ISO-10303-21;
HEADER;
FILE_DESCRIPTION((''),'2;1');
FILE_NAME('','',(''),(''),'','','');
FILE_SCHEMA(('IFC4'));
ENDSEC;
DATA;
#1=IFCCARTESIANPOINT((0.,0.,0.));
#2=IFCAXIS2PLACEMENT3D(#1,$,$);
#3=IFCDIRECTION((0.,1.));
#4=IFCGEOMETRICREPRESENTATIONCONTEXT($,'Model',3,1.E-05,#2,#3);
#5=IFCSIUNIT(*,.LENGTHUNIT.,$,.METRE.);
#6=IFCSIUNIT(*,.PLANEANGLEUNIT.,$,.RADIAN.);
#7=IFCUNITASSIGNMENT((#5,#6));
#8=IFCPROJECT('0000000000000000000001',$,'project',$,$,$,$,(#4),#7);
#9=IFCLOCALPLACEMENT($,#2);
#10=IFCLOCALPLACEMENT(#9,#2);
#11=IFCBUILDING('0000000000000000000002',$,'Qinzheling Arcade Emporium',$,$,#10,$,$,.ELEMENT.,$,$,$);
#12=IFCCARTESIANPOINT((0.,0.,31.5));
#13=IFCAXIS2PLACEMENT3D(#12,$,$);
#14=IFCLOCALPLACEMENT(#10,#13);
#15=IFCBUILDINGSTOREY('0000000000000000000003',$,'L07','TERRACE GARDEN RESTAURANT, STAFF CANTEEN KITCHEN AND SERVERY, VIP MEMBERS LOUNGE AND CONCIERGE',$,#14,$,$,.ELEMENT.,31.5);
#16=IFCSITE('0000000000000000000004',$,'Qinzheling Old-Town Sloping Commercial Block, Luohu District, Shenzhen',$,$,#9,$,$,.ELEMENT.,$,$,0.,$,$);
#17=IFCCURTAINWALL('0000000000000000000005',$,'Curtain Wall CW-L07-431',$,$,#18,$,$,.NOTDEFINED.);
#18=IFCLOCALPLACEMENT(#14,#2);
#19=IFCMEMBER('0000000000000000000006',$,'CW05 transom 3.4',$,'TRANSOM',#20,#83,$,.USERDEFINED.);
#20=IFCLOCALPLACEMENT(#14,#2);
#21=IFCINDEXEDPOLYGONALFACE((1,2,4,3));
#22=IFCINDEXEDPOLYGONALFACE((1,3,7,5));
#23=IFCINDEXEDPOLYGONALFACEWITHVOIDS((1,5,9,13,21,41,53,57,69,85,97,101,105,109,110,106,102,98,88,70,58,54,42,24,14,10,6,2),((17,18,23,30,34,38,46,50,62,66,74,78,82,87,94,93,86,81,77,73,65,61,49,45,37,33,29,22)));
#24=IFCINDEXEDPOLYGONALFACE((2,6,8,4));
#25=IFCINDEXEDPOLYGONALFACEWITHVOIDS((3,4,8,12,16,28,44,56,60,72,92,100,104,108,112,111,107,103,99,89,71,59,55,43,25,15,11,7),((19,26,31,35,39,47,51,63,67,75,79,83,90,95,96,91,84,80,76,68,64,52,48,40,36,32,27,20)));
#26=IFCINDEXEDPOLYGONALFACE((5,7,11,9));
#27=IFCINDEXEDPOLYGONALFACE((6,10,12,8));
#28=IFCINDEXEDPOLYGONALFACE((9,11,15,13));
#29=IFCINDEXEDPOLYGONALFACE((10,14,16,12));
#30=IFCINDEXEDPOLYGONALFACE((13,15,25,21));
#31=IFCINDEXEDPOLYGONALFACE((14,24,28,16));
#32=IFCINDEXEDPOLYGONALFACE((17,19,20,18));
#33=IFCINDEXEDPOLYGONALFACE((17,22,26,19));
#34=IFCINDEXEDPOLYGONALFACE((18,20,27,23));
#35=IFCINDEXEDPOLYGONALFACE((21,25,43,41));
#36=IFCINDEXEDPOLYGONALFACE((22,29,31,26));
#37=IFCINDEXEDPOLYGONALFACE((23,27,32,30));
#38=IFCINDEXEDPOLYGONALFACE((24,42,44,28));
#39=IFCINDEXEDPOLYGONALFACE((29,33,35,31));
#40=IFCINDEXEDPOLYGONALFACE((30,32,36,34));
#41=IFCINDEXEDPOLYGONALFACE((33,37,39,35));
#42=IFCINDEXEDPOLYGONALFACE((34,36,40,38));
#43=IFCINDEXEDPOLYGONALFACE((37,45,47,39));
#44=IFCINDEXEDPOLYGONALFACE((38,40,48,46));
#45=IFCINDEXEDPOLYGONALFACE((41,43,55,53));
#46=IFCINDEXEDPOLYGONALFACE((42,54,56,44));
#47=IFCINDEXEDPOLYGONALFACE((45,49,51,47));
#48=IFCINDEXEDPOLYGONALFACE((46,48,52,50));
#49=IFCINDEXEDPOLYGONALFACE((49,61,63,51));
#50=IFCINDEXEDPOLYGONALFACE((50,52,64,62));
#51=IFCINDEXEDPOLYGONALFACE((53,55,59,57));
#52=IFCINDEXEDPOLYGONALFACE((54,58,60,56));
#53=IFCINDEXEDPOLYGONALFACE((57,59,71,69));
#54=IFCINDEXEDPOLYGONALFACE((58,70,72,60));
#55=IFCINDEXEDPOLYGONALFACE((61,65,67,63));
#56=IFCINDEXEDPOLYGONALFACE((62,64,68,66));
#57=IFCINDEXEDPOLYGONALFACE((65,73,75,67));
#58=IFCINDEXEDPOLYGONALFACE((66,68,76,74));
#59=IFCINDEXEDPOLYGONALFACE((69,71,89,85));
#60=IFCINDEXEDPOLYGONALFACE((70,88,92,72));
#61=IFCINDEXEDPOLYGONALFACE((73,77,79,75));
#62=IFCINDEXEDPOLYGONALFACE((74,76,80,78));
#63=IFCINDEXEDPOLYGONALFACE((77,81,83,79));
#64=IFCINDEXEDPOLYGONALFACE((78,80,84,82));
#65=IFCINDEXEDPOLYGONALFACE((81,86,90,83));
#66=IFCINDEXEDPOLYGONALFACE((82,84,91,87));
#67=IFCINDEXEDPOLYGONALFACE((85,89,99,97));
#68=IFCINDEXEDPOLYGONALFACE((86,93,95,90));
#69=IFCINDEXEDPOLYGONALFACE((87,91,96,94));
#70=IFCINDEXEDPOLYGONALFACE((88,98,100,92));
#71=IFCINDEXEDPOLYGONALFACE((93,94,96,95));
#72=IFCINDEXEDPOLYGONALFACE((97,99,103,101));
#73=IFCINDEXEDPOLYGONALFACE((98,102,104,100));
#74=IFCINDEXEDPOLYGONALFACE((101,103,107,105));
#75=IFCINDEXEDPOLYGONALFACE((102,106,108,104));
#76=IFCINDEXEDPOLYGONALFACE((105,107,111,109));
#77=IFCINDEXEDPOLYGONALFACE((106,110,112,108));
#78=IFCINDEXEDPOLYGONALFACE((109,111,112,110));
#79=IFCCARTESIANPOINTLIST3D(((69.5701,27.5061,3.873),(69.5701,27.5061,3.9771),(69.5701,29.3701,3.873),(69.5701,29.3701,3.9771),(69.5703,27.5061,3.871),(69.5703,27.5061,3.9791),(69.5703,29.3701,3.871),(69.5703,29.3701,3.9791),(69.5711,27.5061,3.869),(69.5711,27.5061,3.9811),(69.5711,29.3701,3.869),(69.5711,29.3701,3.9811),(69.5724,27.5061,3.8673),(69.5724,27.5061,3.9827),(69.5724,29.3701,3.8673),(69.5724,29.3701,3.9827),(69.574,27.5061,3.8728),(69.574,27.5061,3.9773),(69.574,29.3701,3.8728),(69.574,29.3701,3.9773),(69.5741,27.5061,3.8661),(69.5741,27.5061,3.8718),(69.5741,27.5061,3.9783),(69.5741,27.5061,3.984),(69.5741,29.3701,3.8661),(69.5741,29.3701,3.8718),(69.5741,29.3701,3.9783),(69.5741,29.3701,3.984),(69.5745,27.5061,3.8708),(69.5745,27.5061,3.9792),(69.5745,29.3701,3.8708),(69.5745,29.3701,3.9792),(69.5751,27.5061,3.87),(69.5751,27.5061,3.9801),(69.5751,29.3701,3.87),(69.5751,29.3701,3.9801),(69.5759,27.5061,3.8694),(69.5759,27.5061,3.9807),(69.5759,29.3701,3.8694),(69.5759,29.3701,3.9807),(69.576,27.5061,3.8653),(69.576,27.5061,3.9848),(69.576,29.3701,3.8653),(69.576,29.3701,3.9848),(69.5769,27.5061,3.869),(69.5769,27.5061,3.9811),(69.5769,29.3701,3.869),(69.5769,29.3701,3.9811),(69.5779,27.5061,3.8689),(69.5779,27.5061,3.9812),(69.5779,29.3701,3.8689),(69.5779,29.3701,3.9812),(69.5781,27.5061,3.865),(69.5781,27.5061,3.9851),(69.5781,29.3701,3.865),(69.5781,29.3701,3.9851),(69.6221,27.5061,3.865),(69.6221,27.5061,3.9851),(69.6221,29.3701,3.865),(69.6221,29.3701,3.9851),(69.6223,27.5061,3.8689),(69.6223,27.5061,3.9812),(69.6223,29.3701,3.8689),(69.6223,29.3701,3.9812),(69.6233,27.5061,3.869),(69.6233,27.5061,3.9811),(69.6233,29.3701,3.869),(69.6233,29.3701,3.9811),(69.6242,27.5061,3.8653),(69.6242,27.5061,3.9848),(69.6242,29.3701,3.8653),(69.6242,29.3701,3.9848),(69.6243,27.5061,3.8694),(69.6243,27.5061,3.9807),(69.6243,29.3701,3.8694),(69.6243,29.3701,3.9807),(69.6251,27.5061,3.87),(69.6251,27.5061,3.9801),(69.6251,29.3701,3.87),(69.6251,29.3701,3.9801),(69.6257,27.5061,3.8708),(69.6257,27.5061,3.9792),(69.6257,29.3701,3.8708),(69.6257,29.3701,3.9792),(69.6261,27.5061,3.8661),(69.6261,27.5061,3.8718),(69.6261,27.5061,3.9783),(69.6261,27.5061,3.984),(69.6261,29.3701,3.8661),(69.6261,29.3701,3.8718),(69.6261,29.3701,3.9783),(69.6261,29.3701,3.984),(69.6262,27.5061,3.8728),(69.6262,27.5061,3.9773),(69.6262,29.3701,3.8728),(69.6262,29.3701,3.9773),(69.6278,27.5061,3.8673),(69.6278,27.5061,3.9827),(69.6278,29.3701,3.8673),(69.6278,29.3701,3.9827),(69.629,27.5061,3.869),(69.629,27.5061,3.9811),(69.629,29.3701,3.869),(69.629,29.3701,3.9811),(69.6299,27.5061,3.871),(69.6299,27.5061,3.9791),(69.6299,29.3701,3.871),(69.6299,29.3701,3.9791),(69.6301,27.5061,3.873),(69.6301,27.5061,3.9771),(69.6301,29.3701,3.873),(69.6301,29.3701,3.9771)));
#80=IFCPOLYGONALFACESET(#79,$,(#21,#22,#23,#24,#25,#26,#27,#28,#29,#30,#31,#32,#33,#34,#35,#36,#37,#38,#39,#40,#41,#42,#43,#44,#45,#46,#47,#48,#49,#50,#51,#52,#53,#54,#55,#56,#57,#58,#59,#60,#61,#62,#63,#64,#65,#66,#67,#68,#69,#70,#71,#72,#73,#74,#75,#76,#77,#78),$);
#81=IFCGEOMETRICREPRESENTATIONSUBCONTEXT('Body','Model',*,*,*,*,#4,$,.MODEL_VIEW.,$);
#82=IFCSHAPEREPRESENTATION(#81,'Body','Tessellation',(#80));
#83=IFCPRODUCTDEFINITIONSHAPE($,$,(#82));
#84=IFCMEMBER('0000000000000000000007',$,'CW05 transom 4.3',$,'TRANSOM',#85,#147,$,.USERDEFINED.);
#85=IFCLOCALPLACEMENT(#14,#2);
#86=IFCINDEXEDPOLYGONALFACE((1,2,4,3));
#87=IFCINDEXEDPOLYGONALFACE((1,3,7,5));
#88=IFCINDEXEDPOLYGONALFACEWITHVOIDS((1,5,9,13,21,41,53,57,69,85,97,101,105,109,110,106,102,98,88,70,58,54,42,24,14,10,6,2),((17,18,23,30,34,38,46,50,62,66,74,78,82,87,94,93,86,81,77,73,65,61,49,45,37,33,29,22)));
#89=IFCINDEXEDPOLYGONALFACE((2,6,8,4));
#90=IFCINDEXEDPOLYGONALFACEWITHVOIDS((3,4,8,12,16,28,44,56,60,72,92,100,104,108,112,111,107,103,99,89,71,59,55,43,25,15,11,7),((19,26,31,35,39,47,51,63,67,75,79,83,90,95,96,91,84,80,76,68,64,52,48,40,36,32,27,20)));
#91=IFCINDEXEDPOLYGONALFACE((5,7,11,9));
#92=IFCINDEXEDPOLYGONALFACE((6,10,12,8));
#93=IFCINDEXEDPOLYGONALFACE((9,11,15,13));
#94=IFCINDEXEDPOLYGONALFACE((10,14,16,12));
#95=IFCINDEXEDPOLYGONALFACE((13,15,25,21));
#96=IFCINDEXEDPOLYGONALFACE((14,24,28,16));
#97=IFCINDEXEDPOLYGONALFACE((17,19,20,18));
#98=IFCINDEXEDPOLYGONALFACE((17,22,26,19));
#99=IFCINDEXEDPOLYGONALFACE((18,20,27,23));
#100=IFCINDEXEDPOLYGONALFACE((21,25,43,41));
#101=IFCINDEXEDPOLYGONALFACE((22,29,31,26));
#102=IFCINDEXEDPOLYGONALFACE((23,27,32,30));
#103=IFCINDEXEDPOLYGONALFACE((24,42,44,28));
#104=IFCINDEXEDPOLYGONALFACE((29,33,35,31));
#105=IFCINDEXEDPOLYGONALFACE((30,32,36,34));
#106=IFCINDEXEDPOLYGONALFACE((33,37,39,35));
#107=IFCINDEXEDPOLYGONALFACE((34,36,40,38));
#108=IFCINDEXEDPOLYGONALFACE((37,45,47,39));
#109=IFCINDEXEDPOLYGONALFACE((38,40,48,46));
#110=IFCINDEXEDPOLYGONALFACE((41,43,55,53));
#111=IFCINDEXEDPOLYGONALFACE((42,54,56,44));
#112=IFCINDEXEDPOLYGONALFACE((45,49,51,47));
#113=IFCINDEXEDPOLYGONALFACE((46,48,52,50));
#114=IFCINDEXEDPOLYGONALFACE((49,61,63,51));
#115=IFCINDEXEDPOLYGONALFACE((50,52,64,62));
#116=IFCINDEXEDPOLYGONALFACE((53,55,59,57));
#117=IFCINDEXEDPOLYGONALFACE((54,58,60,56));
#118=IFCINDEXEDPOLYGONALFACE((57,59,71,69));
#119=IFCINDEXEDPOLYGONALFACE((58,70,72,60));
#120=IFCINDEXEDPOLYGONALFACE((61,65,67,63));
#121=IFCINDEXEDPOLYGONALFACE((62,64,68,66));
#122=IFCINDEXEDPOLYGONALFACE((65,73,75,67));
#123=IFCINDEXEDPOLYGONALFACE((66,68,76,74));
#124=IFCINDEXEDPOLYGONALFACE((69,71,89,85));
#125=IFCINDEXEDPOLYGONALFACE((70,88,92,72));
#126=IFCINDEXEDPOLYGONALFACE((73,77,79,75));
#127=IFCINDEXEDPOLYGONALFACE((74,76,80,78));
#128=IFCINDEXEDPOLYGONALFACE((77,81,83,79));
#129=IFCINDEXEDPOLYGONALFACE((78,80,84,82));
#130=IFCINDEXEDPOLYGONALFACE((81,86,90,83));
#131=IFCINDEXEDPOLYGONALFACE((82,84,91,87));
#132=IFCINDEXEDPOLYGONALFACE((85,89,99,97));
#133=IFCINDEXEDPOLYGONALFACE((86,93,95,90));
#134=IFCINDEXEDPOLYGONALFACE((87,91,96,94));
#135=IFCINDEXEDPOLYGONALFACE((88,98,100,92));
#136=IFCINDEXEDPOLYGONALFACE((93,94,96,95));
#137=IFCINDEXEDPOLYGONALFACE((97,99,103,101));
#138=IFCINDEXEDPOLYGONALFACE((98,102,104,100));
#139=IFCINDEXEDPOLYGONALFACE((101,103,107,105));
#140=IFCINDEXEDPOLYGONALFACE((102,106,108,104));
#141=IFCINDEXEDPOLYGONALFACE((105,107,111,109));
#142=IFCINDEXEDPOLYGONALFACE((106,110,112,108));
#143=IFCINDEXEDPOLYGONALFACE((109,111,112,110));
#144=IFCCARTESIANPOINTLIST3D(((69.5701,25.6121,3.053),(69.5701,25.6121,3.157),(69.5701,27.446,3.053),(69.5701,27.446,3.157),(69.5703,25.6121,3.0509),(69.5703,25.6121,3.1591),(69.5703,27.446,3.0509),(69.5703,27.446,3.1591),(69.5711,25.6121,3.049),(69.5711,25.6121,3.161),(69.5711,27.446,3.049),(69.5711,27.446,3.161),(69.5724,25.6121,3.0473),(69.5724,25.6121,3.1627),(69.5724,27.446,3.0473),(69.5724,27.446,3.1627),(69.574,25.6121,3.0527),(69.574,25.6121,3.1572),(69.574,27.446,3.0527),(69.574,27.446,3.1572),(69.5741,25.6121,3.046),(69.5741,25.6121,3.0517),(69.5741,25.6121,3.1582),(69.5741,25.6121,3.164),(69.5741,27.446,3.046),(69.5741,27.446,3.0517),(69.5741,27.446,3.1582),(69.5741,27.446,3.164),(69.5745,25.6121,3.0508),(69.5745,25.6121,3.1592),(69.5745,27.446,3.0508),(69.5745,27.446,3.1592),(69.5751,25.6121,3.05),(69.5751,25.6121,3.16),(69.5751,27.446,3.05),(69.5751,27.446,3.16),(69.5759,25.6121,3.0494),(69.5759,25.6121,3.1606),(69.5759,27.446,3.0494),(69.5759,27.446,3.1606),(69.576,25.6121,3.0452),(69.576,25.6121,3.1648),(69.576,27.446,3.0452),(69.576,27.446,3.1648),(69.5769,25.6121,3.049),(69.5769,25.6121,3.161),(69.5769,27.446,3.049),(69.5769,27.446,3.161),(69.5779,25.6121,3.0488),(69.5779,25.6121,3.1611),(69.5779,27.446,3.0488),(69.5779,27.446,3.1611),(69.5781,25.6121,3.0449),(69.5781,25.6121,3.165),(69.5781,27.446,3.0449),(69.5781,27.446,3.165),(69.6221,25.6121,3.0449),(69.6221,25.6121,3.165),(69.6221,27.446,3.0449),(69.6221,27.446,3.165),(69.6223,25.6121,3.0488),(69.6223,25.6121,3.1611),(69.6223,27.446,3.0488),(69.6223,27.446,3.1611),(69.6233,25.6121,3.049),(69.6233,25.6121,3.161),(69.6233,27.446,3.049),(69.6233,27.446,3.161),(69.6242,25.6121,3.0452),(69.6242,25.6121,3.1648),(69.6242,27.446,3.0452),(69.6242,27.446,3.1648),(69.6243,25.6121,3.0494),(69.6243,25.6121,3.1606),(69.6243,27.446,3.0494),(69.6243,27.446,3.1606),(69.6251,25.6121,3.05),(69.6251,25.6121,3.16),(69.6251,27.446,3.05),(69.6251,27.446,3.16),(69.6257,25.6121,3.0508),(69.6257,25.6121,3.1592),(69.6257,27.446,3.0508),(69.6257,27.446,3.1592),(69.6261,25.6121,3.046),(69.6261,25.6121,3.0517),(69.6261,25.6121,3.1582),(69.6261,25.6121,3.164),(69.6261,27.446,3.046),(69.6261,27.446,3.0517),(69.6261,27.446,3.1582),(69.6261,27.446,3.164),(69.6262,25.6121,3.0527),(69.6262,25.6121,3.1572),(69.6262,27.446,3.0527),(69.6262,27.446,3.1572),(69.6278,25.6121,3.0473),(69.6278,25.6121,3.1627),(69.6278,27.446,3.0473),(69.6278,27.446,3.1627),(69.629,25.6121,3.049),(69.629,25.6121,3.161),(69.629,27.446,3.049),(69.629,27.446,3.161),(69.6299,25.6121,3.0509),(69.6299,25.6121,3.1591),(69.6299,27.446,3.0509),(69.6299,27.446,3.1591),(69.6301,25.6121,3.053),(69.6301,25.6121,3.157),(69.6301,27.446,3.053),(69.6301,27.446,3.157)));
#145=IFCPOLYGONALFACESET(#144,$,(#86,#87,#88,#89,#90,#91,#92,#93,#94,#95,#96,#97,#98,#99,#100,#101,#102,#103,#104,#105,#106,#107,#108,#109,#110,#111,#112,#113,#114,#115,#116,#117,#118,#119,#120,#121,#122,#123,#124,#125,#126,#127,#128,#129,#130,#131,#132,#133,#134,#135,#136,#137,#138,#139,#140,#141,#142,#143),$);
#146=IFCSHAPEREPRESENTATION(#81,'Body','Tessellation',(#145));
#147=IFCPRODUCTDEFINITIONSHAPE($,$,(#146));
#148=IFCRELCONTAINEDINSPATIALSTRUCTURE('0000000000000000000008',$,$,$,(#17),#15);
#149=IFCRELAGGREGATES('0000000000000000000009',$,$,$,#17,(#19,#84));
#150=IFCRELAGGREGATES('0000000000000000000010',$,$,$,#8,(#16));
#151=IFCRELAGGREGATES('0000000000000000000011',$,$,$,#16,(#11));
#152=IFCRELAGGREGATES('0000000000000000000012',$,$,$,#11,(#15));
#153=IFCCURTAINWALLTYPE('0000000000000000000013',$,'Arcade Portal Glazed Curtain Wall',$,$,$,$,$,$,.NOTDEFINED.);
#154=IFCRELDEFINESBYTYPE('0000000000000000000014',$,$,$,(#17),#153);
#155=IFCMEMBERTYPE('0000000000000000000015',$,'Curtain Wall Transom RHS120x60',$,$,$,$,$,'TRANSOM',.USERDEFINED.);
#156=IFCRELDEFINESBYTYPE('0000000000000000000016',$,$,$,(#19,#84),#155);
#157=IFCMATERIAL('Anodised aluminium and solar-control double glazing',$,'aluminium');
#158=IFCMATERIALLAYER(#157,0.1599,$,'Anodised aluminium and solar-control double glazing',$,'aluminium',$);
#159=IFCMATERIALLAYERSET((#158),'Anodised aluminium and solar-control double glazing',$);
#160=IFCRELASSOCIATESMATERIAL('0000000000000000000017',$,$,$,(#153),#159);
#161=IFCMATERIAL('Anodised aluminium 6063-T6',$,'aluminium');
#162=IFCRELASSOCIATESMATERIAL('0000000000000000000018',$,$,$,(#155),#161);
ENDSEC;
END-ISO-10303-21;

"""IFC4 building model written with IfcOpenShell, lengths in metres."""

from ifc_helpers import new_model, si_unit, direction, frame, origin, origin_2d, place, context, subcontext, project, spatial, hollow_rectangle, extrude, material, layer, layer_set, material_profile, profile_set, type_object, element, aggregate, save


model = new_model("IFC4")

# Units and contexts
model_context = context("Model", 3, precision=1e-05, world=origin(), true_north=direction((0.0, 1.0)))
body_context = subcontext(model_context, "Body", "Model", "MODEL_VIEW")
ifc_project = project(units=[si_unit("LENGTHUNIT", "METRE"), si_unit("PLANEANGLEUNIT", "RADIAN")], contexts=[model_context])

# Site, building, storey
site_placement = place(None, origin())
site = spatial("IfcSite", under=ifc_project, at=site_placement, Name="Qinzheling Old-Town Sloping Commercial Block, Luohu District, Shenzhen", CompositionType="ELEMENT", RefElevation=0.0)
building_placement = place(site_placement, origin())
building = spatial("IfcBuilding", under=site, at=building_placement, Name="Qinzheling Arcade Emporium", CompositionType="ELEMENT")
storey_placement = place(building_placement, frame((0.0, 0.0, 31.5)))
storey = spatial("IfcBuildingStorey", under=building, at=storey_placement, Name="L07", Description="TERRACE GARDEN RESTAURANT, STAFF CANTEEN KITCHEN AND SERVERY, VIP MEMBERS LOUNGE AND CONCIERGE", CompositionType="ELEMENT", Elevation=31.5)

# Curtain wall, members
ifc_material_1 = material(Name="Anodised aluminium and solar-control double glazing", Category="aluminium")
ifc_layer_1 = layer(ifc_material_1, 0.1599, Name="Anodised aluminium and solar-control double glazing", Category="aluminium")
ifc_layer_set_1 = layer_set([ifc_layer_1], Name="Anodised aluminium and solar-control double glazing")
curtain_wall_type = type_object("IfcCurtainWallType", Name="Arcade Portal Glazed Curtain Wall", PredefinedType="NOTDEFINED", material=ifc_layer_set_1)
curtain_wall_placement = place(storey_placement, origin())
curtain_wall = element("IfcCurtainWall", 1, at=curtain_wall_placement, inside=storey, type_object=curtain_wall_type, Name="Curtain Wall CW-L07-431", PredefinedType="NOTDEFINED")
ifc_material_2 = material(Name="Anodised aluminium 6063-T6", Category="aluminium")
ifc_material_profile_1 = material_profile(ifc_material_2, hollow_rectangle(XDim=0.0601, YDim=0.1201, WallThickness=0.0039, InnerFilletRadius=0.0039, OuterFilletRadius=0.0081, at=origin_2d()), Name="RHS 120x60x4", Category="aluminium")
ifc_profile_set_1 = profile_set([ifc_material_profile_1], Name="Anodised aluminium 6063-T6")
member_type_1 = type_object("IfcMemberType", Name="Curtain Wall Transom RHS120x60", ElementType="TRANSOM", PredefinedType="USERDEFINED", material=ifc_profile_set_1)
member_1_placement = place(storey_placement, frame((69.6001, 29.3701, 3.925), z_axis=(0.0, -1.0, 0.0), x_axis=(1.0, 0.0, 0.0)))
member_1 = element("IfcMember", 2, at=member_1_placement, type_object=member_type_1, Name="CW05 transom 3.4", ObjectType="TRANSOM", PredefinedType="USERDEFINED", context=body_context, shape_type="SweptSolid", body=[
    extrude(hollow_rectangle(XDim=0.0601, YDim=0.1201, WallThickness=0.0039, InnerFilletRadius=0.0039, OuterFilletRadius=0.0081, at=origin_2d()), origin(), (0.0, 0.0, 1.0), 1.864),
])
member_2_placement = place(storey_placement, frame((69.6001, 27.446, 3.105), z_axis=(0.0, -1.0, 0.0), x_axis=(1.0, 0.0, 0.0)))
member_2 = element("IfcMember", 3, at=member_2_placement, type_object=member_type_1, Name="CW05 transom 4.3", ObjectType="TRANSOM", PredefinedType="USERDEFINED", context=body_context, shape_type="SweptSolid", body=[
    extrude(hollow_rectangle(XDim=0.0601, YDim=0.1201, WallThickness=0.0039, InnerFilletRadius=0.0039, OuterFilletRadius=0.0081, at=origin_2d()), origin(), (0.0, 0.0, 1.0), 1.834),
])
aggregate(curtain_wall, [member_1, member_2])

save(model, "model.ifc")
